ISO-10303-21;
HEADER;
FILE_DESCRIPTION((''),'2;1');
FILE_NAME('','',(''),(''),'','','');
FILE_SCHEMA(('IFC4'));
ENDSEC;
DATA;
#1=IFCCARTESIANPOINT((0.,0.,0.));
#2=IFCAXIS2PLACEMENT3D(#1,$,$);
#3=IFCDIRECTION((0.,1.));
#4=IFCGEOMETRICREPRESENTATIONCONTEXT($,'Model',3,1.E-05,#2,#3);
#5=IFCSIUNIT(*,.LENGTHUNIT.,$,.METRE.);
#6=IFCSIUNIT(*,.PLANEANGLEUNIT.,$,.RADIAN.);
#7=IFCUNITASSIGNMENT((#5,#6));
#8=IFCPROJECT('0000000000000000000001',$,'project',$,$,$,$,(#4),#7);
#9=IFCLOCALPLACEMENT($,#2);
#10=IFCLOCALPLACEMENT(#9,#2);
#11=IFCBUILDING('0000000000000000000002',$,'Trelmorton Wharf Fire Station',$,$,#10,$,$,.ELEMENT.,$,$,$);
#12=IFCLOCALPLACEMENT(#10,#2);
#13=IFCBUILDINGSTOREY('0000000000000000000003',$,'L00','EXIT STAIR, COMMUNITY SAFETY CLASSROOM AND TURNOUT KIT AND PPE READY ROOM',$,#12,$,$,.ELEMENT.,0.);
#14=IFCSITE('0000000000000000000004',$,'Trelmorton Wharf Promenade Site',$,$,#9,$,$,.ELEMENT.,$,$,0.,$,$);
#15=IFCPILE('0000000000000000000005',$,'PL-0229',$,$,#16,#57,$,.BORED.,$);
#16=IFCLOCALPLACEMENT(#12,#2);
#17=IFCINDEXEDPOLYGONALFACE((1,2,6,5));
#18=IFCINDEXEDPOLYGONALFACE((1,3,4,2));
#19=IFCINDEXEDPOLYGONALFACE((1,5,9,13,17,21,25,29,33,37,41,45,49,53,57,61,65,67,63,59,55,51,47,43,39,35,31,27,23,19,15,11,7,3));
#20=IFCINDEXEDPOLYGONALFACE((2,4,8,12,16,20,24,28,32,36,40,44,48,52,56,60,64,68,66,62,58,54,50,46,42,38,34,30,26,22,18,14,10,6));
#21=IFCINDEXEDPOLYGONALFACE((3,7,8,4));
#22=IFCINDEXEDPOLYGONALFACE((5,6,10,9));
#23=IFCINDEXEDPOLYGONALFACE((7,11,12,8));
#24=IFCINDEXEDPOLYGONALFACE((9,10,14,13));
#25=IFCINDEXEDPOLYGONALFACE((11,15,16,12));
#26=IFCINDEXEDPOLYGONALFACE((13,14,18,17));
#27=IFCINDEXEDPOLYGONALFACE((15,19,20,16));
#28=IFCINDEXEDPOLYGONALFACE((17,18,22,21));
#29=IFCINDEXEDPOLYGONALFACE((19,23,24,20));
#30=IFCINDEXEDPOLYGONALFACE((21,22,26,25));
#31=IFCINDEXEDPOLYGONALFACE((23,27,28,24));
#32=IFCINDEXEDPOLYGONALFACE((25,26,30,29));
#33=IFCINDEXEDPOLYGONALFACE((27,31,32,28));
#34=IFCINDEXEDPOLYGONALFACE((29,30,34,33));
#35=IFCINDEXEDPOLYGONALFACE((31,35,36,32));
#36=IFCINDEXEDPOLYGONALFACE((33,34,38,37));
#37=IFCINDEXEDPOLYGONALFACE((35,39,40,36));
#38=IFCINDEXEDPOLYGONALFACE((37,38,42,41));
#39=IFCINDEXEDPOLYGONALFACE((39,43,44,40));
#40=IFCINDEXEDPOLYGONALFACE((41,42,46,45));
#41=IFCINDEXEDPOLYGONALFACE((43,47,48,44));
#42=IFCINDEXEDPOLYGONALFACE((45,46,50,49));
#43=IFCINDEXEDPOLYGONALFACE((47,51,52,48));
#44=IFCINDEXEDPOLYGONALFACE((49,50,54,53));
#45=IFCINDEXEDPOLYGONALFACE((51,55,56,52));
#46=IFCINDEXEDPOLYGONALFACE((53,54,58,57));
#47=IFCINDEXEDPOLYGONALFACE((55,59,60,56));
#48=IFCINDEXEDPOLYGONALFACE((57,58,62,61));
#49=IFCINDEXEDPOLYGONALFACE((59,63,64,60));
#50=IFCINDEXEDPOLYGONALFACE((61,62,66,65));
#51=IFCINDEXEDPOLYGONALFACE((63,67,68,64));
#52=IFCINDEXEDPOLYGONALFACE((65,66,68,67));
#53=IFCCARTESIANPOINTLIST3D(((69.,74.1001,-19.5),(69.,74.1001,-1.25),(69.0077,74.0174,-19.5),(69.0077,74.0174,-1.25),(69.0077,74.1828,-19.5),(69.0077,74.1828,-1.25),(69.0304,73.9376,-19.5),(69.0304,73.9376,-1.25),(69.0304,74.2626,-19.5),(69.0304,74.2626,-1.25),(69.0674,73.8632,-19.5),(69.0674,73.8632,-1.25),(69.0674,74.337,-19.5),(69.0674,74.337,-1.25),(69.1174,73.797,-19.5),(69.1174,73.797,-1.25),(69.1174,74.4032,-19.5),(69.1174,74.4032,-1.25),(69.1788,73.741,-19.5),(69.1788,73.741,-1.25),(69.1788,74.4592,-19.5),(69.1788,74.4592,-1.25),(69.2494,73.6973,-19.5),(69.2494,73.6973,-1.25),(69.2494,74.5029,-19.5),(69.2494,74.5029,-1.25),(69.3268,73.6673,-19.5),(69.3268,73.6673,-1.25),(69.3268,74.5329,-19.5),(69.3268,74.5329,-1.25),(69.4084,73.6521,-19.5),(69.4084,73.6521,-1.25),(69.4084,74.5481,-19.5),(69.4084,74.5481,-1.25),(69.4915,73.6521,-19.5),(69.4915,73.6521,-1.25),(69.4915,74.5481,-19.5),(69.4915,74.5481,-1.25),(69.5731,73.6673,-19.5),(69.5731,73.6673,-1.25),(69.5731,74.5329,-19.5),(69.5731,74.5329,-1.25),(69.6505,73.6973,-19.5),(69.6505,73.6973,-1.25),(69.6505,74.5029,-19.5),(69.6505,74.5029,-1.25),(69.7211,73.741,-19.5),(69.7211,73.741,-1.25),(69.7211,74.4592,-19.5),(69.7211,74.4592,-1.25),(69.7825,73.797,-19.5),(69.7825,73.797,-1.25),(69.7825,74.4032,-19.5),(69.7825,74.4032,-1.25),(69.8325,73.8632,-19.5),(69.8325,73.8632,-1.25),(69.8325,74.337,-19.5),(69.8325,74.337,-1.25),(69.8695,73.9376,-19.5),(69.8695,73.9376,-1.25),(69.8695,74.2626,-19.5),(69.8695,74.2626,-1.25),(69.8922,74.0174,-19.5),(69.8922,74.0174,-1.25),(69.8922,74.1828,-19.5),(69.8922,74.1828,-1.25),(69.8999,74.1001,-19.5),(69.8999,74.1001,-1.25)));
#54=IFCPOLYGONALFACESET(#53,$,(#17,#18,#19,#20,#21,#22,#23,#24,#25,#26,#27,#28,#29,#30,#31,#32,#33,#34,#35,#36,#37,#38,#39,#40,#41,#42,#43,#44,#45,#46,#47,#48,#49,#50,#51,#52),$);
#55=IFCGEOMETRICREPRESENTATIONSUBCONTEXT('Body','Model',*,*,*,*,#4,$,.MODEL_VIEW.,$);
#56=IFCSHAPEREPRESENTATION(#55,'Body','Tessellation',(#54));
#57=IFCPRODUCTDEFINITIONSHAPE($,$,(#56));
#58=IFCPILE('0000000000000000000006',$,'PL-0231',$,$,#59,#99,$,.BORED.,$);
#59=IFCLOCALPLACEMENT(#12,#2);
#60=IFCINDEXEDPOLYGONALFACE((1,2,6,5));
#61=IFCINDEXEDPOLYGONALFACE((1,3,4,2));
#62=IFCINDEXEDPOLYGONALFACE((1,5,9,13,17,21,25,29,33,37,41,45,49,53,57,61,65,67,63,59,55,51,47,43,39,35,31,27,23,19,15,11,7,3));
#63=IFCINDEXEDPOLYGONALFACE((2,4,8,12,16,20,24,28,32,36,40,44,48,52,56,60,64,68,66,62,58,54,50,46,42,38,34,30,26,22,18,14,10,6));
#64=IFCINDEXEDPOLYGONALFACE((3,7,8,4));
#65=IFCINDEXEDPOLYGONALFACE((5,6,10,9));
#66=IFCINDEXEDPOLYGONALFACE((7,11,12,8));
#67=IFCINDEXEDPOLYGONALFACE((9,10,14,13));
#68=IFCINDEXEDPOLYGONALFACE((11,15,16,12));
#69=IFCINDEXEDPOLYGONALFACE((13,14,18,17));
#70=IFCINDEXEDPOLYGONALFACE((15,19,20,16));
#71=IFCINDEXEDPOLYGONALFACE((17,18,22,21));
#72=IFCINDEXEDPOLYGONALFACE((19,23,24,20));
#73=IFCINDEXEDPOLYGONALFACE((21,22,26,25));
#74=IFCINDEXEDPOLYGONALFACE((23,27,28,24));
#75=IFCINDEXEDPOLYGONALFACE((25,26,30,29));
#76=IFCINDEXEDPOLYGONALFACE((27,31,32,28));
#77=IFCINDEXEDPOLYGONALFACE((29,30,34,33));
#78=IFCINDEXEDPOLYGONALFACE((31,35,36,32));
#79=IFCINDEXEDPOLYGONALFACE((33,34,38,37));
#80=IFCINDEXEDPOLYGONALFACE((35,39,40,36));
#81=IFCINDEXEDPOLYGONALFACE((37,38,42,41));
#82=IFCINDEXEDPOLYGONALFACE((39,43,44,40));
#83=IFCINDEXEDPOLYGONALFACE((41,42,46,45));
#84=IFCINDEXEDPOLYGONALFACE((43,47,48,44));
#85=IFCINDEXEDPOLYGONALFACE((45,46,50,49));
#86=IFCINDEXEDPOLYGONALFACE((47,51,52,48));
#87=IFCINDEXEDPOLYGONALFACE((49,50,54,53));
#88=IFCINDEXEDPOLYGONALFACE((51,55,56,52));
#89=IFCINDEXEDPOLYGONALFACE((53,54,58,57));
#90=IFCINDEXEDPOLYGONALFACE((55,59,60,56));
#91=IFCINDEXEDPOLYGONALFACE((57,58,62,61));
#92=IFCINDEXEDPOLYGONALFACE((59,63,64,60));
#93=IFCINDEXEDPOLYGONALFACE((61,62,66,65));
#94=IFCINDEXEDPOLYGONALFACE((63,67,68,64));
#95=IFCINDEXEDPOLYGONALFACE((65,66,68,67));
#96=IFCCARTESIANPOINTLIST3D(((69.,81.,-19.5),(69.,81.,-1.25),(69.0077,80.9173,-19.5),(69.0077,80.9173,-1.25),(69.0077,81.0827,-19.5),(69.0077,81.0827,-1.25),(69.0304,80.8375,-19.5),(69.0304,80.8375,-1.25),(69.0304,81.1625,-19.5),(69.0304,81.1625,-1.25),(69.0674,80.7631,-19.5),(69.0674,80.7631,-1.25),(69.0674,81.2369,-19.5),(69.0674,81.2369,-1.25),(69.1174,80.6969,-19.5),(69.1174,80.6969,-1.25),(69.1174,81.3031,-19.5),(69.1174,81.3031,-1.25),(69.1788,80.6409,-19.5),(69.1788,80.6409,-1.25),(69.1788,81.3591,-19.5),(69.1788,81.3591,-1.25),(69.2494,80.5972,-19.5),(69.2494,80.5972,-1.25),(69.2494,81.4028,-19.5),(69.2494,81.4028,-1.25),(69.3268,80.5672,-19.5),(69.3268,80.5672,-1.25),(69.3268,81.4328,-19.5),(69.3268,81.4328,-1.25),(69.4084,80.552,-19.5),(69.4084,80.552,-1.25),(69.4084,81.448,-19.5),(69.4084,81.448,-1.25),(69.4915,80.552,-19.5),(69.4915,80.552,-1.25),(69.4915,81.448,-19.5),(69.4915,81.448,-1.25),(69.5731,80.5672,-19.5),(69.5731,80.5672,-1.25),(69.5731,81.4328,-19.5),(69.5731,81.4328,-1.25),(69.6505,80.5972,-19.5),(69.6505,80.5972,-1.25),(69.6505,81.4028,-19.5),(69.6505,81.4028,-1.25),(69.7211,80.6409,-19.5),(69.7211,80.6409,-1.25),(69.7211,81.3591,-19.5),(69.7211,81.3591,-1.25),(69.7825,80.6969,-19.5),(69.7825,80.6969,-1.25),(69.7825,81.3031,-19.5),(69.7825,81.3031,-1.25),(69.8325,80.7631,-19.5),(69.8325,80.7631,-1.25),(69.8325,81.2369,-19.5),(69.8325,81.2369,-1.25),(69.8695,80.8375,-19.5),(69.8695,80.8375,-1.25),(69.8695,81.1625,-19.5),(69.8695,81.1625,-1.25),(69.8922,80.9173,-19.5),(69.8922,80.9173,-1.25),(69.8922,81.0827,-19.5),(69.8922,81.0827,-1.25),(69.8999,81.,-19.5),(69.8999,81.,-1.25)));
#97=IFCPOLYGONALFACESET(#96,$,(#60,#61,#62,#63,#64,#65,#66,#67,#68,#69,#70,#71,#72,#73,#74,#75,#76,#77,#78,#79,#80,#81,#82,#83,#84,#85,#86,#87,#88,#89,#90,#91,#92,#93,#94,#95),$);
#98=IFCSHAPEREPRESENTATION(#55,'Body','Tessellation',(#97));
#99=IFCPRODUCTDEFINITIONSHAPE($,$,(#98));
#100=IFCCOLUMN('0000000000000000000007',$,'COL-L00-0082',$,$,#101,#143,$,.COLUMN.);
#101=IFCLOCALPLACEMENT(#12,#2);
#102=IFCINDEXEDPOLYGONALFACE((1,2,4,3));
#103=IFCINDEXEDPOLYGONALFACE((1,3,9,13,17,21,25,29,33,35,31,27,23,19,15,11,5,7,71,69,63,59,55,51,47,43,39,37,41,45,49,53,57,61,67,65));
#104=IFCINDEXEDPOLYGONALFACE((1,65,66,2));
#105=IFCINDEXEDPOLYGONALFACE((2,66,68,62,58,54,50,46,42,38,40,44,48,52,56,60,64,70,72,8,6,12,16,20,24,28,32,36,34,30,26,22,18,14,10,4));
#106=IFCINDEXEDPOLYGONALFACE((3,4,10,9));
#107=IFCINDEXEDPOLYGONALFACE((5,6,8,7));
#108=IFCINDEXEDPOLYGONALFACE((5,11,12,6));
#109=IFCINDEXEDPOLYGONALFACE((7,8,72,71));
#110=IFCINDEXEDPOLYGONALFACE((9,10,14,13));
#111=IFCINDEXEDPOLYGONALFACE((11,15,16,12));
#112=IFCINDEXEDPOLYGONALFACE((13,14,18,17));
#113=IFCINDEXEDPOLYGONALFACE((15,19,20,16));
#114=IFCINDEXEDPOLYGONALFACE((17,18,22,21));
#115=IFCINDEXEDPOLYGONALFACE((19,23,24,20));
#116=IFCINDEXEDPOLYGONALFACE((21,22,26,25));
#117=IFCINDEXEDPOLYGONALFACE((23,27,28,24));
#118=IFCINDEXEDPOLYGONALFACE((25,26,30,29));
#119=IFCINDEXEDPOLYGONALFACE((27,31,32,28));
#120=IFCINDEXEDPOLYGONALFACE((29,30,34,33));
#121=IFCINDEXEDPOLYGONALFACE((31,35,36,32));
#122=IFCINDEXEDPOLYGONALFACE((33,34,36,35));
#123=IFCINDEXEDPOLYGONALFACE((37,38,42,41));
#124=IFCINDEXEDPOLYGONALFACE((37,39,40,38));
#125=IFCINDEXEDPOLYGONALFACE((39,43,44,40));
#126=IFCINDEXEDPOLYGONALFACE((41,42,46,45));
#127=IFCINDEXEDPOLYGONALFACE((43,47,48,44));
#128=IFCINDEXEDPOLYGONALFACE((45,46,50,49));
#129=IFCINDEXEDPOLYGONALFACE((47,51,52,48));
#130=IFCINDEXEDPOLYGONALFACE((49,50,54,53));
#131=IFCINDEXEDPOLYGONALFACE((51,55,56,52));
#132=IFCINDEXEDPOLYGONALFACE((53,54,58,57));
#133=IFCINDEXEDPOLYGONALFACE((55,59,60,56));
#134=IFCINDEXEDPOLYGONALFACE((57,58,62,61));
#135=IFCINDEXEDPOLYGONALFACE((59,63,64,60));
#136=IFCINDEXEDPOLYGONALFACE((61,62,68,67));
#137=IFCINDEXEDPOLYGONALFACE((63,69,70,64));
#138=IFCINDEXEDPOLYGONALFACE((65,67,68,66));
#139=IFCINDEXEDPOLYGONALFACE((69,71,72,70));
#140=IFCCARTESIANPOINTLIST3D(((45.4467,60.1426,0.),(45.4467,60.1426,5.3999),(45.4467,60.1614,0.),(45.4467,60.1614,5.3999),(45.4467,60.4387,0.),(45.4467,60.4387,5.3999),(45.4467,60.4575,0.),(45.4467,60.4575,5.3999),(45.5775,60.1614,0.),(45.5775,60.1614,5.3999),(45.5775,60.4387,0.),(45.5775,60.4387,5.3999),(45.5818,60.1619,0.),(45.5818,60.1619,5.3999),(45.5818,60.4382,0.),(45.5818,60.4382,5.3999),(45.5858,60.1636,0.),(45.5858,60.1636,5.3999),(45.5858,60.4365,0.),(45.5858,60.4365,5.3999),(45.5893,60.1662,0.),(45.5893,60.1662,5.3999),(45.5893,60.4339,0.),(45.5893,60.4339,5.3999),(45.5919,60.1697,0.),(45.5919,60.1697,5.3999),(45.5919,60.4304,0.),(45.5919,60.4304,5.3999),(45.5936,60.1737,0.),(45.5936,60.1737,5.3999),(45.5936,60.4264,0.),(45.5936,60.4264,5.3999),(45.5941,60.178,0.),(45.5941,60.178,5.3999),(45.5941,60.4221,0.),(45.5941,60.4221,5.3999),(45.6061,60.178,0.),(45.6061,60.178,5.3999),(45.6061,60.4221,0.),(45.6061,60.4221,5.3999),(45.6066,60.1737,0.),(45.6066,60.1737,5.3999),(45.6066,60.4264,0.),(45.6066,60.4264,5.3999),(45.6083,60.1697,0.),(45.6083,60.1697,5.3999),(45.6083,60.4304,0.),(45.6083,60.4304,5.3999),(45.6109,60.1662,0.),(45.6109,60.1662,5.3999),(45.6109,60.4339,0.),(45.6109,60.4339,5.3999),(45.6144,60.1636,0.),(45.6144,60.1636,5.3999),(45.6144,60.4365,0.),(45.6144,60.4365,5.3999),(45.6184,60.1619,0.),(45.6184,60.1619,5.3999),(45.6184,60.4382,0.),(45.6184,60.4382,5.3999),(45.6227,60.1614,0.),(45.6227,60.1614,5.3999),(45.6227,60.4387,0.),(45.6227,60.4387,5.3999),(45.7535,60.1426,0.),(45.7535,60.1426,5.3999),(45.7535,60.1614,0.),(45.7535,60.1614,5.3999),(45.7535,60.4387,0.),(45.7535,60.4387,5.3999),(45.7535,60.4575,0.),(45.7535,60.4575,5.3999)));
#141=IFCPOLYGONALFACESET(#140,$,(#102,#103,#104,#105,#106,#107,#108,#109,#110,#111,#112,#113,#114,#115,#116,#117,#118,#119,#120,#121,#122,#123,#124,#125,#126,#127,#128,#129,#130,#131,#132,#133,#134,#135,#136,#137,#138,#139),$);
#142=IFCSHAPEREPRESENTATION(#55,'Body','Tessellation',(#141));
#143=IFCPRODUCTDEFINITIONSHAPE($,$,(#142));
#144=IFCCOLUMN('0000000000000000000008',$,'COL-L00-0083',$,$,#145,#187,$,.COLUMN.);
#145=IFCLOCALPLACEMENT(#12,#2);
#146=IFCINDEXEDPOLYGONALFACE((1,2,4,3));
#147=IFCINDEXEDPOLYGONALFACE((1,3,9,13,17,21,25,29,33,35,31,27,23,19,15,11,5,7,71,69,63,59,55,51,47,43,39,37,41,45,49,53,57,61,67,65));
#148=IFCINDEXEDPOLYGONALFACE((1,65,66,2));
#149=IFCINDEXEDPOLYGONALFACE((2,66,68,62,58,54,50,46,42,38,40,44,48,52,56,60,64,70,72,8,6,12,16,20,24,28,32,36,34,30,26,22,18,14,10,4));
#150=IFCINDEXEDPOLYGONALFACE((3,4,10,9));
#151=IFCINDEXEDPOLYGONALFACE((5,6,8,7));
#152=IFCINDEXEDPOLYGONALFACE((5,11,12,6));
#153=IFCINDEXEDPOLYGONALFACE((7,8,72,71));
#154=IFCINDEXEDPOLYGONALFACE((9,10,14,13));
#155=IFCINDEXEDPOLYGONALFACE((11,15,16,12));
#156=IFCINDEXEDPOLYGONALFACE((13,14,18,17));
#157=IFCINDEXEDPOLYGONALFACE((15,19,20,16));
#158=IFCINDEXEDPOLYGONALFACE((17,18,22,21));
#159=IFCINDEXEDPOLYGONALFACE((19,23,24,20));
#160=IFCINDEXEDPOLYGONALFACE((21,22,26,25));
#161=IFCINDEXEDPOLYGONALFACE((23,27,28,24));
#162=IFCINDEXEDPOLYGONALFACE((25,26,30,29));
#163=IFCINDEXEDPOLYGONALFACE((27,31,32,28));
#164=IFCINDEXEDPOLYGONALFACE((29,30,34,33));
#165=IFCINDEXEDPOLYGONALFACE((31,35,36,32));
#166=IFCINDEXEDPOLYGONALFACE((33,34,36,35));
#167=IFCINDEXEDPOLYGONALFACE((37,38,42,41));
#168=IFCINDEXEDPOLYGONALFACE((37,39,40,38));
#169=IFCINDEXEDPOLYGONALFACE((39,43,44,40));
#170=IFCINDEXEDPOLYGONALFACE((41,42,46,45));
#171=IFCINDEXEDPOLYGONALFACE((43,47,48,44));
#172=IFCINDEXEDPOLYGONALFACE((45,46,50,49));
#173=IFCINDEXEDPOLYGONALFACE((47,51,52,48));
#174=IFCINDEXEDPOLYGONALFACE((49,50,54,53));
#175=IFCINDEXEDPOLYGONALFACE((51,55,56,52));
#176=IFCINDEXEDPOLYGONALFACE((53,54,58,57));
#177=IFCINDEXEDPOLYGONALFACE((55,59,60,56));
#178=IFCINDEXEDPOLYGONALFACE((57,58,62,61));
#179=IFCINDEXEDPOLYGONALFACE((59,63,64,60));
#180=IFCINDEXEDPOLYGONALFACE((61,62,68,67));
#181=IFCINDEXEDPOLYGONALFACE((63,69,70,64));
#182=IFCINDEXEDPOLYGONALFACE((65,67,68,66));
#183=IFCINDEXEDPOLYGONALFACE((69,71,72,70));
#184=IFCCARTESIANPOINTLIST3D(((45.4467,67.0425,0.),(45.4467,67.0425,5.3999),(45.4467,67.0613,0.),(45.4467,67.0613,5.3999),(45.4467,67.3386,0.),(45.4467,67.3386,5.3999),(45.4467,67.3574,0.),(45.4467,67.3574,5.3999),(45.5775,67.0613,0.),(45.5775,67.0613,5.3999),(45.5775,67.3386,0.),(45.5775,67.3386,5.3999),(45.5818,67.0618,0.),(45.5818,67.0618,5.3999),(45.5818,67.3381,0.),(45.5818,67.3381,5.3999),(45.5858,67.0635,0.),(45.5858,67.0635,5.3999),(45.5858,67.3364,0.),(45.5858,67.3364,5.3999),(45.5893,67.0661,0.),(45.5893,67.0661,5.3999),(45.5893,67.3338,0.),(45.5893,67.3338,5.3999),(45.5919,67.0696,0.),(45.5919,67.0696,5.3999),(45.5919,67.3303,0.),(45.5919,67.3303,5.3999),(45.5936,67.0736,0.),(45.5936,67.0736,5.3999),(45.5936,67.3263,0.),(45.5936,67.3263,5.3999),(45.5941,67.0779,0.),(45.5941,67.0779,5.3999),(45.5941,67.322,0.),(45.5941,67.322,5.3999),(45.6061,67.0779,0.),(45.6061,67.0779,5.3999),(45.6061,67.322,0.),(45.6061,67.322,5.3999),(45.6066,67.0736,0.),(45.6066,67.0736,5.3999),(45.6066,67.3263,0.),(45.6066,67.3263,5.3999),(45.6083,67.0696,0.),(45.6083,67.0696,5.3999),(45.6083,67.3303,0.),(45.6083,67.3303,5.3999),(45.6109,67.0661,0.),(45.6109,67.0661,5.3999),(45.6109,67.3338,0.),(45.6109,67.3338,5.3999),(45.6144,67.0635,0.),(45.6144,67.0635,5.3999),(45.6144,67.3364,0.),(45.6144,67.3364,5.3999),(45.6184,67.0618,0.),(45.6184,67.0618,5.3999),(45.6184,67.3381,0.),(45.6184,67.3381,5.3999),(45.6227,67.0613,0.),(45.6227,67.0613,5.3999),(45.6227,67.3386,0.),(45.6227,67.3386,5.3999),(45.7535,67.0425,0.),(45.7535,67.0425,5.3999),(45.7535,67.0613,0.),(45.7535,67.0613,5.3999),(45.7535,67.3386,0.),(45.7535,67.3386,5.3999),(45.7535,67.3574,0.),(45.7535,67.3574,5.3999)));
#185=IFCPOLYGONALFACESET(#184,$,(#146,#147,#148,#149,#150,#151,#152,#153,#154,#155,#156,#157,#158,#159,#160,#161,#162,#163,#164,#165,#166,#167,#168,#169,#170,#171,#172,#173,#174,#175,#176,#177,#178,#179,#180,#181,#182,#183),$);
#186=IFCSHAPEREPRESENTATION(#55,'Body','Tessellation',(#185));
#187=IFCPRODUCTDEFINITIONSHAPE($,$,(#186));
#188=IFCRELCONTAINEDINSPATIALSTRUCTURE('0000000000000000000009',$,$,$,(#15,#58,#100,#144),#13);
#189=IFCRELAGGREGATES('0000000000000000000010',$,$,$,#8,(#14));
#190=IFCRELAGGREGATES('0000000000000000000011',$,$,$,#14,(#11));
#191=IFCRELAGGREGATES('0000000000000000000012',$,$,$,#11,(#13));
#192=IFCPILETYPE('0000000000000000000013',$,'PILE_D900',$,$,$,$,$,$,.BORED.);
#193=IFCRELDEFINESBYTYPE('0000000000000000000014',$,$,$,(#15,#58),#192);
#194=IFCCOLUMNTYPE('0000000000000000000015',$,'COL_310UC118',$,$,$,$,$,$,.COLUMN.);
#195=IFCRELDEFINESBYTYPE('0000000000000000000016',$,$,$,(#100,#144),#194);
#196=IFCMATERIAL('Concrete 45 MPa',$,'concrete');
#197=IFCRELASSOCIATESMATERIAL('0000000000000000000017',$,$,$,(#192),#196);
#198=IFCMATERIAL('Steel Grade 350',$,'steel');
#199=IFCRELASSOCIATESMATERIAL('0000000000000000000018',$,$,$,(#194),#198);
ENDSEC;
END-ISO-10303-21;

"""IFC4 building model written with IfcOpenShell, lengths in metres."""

from ifc_helpers import new_model, si_unit, direction, frame, origin, origin_2d, place, context, subcontext, project, spatial, circle, i_section, extrude, material, material_profile, profile_set, type_object, element, save


model = new_model("IFC4")

# Units and contexts
model_context = context("Model", 3, precision=1e-05, world=origin(), true_north=direction((0.0, 1.0)))
body_context = subcontext(model_context, "Body", "Model", "MODEL_VIEW")
ifc_project = project(units=[si_unit("LENGTHUNIT", "METRE"), si_unit("PLANEANGLEUNIT", "RADIAN")], contexts=[model_context])

# Site, building, storey
site_placement = place(None, origin())
site = spatial("IfcSite", under=ifc_project, at=site_placement, Name="Trelmorton Wharf Promenade Site", CompositionType="ELEMENT", RefElevation=0.0)
building_placement = place(site_placement, origin())
building = spatial("IfcBuilding", under=site, at=building_placement, Name="Trelmorton Wharf Fire Station", CompositionType="ELEMENT")
storey_placement = place(building_placement, origin())
storey = spatial("IfcBuildingStorey", under=building, at=storey_placement, Name="L00", Description="EXIT STAIR, COMMUNITY SAFETY CLASSROOM AND TURNOUT KIT AND PPE READY ROOM", CompositionType="ELEMENT", Elevation=0.0)

# Piles
ifc_material_1 = material(Name="Concrete 45 MPa", Category="concrete")
ifc_material_profile_1 = material_profile(ifc_material_1, circle(Radius=0.45, at=origin_2d()), Name="PILE-D900")
ifc_profile_set_1 = profile_set([ifc_material_profile_1], Name="Concrete 45 MPa")
pile_type_1 = type_object("IfcPileType", Name="PILE_D900", PredefinedType="BORED", material=ifc_profile_set_1)
for number, where, z_axis, x_axis, name in (
    (1, (69.45, 74.1001, -1.25), (0.0, 0.0, -1.0), (1.0, 0.0, 0.0), "PL-0229"),
    (2, (69.45, 81.0, -1.25), (0.0, 0.0, -1.0), (1.0, 0.0, 0.0), "PL-0231"),
):
    element("IfcPile", number, at=place(storey_placement, frame(where, z_axis=z_axis, x_axis=x_axis)), inside=storey, type_object=pile_type_1, Name=name, PredefinedType="BORED", context=body_context, shape_type="SweptSolid", body=[
        extrude(circle(Radius=0.45, at=origin_2d()), origin(), (0.0, 0.0, 1.0), 18.25),
    ])

# Columns
ifc_material_2 = material(Name="Steel Grade 350", Category="steel")
ifc_material_profile_2 = material_profile(ifc_material_2, i_section(OverallWidth=0.3069, OverallDepth=0.3149, WebThickness=0.012, FlangeThickness=0.0188, FilletRadius=0.0166, at=origin_2d()), Name="310UC118")
ifc_profile_set_2 = profile_set([ifc_material_profile_2], Name="Steel Grade 350")
column_type = type_object("IfcColumnType", Name="COL_310UC118", PredefinedType="COLUMN", material=ifc_profile_set_2)
for number, where, z_axis, x_axis, name in (
    (3, (45.6001, 60.3, 0.0), (0.0, 0.0, 1.0), (1.0, 0.0, 0.0), "COL-L00-0082"),
    (4, (45.6001, 67.2, 0.0), (0.0, 0.0, 1.0), (1.0, 0.0, 0.0), "COL-L00-0083"),
):
    element("IfcColumn", number, at=place(storey_placement, frame(where, z_axis=z_axis, x_axis=x_axis)), inside=storey, type_object=column_type, Name=name, PredefinedType="COLUMN", context=body_context, shape_type="SweptSolid", body=[
        extrude(i_section(OverallWidth=0.3069, OverallDepth=0.3149, WebThickness=0.012, FlangeThickness=0.0188, FilletRadius=0.0166, at=origin_2d()), origin(), (0.0, 0.0, 1.0), 5.3999),
    ])

save(model, "model.ifc")
